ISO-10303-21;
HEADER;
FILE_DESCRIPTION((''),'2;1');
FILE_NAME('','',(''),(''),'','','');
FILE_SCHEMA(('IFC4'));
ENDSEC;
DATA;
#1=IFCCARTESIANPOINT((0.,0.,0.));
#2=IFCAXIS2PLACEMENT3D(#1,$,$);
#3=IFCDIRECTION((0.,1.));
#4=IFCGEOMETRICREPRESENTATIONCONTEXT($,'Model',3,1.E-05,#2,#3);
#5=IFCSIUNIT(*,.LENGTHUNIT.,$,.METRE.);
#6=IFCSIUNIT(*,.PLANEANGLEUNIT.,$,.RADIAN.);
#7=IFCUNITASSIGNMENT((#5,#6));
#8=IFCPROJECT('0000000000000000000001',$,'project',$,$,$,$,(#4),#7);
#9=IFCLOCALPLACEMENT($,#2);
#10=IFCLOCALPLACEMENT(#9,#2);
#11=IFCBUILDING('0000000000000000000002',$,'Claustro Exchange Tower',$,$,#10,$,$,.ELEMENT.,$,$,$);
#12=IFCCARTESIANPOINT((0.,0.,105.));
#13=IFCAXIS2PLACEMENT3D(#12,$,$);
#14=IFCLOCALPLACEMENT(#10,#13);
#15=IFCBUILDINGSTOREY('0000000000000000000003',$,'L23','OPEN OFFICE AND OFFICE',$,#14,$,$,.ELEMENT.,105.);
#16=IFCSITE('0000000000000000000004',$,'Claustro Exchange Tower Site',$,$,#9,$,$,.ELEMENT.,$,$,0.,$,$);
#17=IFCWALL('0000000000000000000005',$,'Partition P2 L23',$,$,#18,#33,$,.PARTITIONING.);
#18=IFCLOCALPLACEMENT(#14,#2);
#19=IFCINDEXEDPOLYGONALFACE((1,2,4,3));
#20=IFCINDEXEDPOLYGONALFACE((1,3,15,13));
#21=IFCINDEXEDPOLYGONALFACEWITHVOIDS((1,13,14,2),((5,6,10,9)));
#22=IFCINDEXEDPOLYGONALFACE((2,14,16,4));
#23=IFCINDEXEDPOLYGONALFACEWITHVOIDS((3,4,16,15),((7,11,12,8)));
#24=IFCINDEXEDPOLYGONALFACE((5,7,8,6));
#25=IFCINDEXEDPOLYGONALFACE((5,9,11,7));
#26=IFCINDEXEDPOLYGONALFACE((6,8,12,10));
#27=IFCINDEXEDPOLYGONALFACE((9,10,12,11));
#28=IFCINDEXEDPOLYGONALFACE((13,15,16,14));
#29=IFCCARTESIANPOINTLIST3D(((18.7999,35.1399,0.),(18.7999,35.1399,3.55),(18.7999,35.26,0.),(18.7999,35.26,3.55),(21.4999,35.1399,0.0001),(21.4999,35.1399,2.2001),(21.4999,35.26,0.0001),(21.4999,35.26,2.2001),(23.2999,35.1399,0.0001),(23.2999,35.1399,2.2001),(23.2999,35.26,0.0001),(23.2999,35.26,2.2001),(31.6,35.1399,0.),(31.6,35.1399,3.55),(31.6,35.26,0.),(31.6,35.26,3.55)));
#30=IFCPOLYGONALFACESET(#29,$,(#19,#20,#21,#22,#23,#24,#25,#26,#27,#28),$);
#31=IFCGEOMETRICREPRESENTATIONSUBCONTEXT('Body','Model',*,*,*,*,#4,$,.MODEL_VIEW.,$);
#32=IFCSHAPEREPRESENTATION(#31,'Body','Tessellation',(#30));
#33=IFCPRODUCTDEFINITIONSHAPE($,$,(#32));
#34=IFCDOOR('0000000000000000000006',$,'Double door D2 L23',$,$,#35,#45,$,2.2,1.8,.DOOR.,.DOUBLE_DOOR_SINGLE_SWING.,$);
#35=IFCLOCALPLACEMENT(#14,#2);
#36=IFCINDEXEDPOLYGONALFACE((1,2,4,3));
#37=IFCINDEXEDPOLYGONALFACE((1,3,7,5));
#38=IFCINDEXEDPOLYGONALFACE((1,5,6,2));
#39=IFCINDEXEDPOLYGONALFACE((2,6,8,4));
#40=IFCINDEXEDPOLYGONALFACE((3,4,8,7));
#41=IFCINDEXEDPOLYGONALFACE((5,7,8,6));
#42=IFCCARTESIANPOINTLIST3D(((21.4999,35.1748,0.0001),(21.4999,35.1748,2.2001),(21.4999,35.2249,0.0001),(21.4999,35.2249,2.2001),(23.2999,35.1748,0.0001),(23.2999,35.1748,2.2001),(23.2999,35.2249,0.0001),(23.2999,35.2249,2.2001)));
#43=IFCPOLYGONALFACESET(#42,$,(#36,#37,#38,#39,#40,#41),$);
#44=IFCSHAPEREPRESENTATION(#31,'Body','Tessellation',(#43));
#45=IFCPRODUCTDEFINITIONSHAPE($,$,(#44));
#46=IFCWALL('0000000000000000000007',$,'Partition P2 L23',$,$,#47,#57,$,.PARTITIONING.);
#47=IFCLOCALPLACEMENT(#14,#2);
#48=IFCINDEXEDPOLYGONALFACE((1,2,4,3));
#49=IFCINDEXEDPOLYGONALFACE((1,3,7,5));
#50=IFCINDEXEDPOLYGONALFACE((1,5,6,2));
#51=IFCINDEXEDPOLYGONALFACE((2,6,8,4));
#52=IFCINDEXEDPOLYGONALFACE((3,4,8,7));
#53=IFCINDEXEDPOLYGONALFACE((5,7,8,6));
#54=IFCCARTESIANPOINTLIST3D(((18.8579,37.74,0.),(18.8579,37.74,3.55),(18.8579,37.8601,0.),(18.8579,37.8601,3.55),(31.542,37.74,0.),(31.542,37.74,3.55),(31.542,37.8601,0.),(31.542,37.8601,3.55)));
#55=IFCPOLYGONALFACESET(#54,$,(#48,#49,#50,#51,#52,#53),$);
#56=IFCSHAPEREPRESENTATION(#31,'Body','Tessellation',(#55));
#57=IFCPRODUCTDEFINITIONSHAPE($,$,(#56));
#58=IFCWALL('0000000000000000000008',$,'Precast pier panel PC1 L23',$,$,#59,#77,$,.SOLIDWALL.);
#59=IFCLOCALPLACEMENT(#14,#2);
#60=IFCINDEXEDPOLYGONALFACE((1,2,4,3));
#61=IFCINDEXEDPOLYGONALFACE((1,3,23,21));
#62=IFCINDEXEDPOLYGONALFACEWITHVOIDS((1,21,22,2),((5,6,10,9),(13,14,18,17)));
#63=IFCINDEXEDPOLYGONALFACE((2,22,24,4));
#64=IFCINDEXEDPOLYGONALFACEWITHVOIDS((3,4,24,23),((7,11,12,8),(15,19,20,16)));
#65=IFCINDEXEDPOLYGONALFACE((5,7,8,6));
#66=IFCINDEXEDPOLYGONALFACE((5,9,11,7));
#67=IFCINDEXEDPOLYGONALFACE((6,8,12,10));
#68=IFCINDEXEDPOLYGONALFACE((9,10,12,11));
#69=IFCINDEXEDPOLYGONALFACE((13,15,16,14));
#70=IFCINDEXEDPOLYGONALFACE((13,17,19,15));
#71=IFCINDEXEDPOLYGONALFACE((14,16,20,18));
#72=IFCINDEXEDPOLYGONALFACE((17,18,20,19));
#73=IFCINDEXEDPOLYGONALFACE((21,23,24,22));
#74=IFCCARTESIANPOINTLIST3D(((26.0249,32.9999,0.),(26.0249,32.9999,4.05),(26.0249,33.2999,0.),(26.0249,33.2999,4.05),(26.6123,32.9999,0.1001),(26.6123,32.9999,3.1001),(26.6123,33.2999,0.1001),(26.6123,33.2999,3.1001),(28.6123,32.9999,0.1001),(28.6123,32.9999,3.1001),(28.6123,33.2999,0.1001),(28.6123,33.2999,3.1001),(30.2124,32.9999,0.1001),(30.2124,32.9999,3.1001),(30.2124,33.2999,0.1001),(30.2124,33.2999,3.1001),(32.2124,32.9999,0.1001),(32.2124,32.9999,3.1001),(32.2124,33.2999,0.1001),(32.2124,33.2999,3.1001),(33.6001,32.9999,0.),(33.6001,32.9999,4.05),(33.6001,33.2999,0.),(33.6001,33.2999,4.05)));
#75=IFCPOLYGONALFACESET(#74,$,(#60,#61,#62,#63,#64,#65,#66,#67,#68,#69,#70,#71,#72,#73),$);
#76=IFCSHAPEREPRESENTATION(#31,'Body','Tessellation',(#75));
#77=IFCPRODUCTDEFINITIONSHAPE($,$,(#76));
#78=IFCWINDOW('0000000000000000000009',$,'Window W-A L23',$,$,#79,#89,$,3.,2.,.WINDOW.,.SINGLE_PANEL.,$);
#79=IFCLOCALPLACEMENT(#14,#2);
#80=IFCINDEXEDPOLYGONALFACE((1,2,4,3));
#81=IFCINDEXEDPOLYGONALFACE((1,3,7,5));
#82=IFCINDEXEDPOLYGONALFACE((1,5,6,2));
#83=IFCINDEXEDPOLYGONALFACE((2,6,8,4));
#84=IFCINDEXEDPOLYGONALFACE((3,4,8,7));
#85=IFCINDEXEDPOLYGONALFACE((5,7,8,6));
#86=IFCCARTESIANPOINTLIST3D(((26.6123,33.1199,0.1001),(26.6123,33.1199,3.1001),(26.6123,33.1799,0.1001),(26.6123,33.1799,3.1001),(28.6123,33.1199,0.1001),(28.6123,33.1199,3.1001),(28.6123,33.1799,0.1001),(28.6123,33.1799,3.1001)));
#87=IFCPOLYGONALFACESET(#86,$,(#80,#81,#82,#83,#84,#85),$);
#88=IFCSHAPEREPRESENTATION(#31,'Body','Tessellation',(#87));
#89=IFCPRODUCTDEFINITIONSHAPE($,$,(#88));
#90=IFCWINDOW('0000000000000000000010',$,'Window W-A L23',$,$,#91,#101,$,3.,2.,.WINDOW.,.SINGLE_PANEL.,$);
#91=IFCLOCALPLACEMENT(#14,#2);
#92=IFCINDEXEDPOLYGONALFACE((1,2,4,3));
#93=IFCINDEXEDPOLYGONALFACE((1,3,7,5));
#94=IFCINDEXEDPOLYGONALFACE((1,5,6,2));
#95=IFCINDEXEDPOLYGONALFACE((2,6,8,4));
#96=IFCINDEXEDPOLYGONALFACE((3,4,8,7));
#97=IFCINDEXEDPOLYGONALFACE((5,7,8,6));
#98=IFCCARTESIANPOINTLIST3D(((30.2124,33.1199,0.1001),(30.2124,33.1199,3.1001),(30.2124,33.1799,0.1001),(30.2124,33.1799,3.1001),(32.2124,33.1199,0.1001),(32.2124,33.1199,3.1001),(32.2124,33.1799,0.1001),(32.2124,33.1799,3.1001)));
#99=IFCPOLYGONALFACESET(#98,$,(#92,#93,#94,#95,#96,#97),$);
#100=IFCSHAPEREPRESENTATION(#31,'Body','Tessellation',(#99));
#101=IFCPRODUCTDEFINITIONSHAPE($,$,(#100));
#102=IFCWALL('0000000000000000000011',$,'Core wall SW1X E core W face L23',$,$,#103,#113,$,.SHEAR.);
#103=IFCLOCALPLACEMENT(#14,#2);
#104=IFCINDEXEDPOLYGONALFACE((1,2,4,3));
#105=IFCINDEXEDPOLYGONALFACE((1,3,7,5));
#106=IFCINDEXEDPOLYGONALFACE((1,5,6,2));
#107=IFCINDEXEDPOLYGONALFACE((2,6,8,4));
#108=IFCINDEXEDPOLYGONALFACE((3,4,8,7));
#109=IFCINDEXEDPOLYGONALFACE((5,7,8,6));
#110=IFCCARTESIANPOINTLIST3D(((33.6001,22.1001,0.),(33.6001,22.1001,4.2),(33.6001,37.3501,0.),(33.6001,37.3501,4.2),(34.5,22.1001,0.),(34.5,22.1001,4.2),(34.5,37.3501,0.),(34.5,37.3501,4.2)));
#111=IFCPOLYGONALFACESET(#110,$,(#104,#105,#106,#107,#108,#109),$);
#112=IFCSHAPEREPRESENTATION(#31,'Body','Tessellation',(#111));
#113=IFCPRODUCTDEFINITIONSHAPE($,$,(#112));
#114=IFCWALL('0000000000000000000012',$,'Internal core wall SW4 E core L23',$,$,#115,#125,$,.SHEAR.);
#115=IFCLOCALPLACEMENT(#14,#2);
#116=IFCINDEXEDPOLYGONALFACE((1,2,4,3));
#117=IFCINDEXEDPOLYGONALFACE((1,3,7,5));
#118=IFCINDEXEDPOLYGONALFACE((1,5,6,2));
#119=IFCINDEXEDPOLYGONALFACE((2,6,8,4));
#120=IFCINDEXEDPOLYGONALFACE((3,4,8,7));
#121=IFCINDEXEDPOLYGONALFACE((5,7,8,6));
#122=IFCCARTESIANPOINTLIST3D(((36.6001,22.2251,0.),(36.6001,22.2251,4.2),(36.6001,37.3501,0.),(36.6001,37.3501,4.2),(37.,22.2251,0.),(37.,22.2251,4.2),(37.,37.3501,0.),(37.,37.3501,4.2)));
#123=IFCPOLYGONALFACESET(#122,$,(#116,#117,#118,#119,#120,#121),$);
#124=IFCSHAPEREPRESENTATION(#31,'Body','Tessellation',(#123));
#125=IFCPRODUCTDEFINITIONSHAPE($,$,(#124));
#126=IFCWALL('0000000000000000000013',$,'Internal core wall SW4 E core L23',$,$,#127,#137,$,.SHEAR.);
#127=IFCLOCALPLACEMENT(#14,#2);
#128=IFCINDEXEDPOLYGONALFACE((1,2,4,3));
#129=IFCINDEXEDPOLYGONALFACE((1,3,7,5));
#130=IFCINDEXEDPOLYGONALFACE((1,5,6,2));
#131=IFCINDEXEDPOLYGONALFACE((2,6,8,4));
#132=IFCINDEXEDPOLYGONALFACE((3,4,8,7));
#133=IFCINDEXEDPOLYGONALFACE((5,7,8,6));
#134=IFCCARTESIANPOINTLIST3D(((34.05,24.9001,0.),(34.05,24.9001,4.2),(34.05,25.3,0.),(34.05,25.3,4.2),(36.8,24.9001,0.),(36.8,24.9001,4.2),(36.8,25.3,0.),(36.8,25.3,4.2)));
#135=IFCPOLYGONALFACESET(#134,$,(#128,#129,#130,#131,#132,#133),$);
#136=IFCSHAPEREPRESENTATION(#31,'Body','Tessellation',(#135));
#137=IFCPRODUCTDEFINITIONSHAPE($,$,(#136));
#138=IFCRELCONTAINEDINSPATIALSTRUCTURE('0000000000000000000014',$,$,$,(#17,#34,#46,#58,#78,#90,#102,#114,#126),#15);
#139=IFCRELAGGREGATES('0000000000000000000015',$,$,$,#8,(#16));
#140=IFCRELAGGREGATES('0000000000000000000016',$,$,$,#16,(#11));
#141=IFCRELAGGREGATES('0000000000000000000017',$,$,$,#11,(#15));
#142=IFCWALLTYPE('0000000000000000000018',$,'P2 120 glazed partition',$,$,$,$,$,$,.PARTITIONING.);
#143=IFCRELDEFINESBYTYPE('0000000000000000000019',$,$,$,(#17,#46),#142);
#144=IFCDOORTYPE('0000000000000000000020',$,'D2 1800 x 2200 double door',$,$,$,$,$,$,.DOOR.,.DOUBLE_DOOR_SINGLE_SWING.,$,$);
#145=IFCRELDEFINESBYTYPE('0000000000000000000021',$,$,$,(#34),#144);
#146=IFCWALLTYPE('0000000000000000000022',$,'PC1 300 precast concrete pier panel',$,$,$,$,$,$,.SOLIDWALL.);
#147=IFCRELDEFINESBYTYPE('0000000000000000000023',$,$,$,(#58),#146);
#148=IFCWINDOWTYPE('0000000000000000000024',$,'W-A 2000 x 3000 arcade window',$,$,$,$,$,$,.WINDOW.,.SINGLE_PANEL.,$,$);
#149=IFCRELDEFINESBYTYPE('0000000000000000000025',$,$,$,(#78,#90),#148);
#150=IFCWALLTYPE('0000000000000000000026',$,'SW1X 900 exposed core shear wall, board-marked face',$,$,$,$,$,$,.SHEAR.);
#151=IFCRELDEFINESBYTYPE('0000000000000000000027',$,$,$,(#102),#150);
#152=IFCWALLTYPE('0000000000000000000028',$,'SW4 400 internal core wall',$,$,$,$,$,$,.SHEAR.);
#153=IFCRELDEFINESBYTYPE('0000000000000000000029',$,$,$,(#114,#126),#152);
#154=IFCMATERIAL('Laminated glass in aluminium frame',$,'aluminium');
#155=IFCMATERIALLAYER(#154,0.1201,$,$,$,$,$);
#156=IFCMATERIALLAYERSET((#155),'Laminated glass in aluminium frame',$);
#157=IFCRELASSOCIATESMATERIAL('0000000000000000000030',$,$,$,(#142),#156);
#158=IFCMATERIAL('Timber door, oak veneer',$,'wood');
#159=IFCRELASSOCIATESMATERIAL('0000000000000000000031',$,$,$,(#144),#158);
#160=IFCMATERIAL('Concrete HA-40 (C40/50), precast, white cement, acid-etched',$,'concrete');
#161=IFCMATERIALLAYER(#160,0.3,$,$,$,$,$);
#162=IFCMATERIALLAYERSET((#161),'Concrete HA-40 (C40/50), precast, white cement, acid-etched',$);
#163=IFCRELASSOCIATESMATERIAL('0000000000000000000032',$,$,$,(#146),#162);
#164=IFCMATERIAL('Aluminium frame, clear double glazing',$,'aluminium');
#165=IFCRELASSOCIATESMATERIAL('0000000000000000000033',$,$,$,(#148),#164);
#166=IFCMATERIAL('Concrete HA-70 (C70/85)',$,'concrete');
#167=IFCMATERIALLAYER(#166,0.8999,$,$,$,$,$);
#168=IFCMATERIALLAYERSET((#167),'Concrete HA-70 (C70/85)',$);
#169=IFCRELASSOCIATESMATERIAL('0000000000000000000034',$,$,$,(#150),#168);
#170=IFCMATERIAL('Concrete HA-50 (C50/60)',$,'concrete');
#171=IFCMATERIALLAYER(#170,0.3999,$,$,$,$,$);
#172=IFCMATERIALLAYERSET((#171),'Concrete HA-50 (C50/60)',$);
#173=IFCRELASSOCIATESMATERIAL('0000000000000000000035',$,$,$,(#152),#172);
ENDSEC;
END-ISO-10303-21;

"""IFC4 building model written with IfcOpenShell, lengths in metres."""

from ifc_helpers import new_model, si_unit, direction, frame, frame_2d, origin, place, context, subcontext, project, spatial, rectangle, extrude, material, layer, layer_set, type_object, element, fill, save


model = new_model("IFC4")

# Units and contexts
model_context = context("Model", 3, precision=1e-05, world=origin(), true_north=direction((0.0, 1.0)))
body_context = subcontext(model_context, "Body", "Model", "MODEL_VIEW")
ifc_project = project(units=[si_unit("LENGTHUNIT", "METRE"), si_unit("PLANEANGLEUNIT", "RADIAN")], contexts=[model_context])

# Site, building, storey
site_placement = place(None, origin())
site = spatial("IfcSite", under=ifc_project, at=site_placement, Name="Claustro Exchange Tower Site", CompositionType="ELEMENT", RefElevation=0.0)
building_placement = place(site_placement, origin())
building = spatial("IfcBuilding", under=site, at=building_placement, Name="Claustro Exchange Tower", CompositionType="ELEMENT")
storey_placement = place(building_placement, frame((0.0, 0.0, 105.0)))
storey = spatial("IfcBuildingStorey", under=building, at=storey_placement, Name="L23", Description="OPEN OFFICE AND OFFICE", CompositionType="ELEMENT", Elevation=105.0)

# Shared definitions
ifc_material_1 = material(Name="Laminated glass in aluminium frame", Category="aluminium")
ifc_layer_1 = layer(ifc_material_1, 0.1201)
ifc_layer_set_1 = layer_set([ifc_layer_1], Name="Laminated glass in aluminium frame")
wall_type_1 = type_object("IfcWallType", Name="P2 120 glazed partition", PredefinedType="PARTITIONING", material=ifc_layer_set_1)
ifc_material_2 = material(Name="Timber door, oak veneer", Category="wood")
door_type_1 = type_object("IfcDoorType", Name="D2 1800 x 2200 double door", OperationType="DOUBLE_DOOR_SINGLE_SWING", PredefinedType="DOOR", material=ifc_material_2)

# Wall, opening, door
wall_1_placement = place(storey_placement, frame((18.8, 35.2, 0.0), z_axis=(0.0, 0.0, 1.0), x_axis=(1.0, 0.0, 0.0)))
wall_1 = element("IfcWall", 1, at=wall_1_placement, inside=storey, type_object=wall_type_1, Name="Partition P2 L23", PredefinedType="PARTITIONING", context=body_context, shape_type="SweptSolid", body=[
    extrude(rectangle(XDim=12.8, YDim=0.1201, at=frame_2d((6.3999, 0.0))), origin(), (0.0, 0.0, 1.0), 3.55),
])
opening_1_placement = place(wall_1_placement, frame((2.7, 0.0, 0.0)))
opening_1 = element("IfcOpeningElement", 2, at=opening_1_placement, cuts=wall_1, PredefinedType="OPENING", context=body_context, shape_type="SweptSolid", body=[
    extrude(rectangle(XDim=1.8, YDim=2.2, at=frame_2d((0.8999, 1.1001))), frame((0.0, 0.0701, 0.0), z_axis=(0.0, -1.0, 0.0), x_axis=(1.0, 0.0, 0.0)), (0.0, 0.0, 1.0), 0.1401),
])
door_1_placement = place(opening_1_placement, origin())
door_1 = element("IfcDoor", 3, at=door_1_placement, inside=storey, type_object=door_type_1, Name="Double door D2 L23", OperationType="DOUBLE_DOOR_SINGLE_SWING", OverallHeight=2.2, OverallWidth=1.8, PredefinedType="DOOR", context=body_context, shape_type="SweptSolid", body=[
    extrude(rectangle(XDim=1.8, YDim=2.2, at=frame_2d((0.8999, 1.1001))), frame((0.0, 0.0249, 0.0), z_axis=(0.0, -1.0, 0.0), x_axis=(1.0, 0.0, 0.0)), (0.0, 0.0, 1.0), 0.05),
])
fill(opening_1, door_1)

# Wall
wall_2_placement = place(storey_placement, frame((18.8579, 37.8, 0.0), z_axis=(0.0, 0.0, 1.0), x_axis=(1.0, 0.0, 0.0)))
element("IfcWall", 4, at=wall_2_placement, inside=storey, type_object=wall_type_1, Name="Partition P2 L23", PredefinedType="PARTITIONING", context=body_context, shape_type="SweptSolid", body=[
    extrude(rectangle(XDim=12.6841, YDim=0.1201, at=frame_2d((6.342, 0.0))), origin(), (0.0, 0.0, 1.0), 3.55),
])

# Wall, openings, windows
ifc_material_3 = material(Name="Concrete HA-40 (C40/50), precast, white cement, acid-etched", Category="concrete")
ifc_layer_2 = layer(ifc_material_3, 0.3)
ifc_layer_set_2 = layer_set([ifc_layer_2], Name="Concrete HA-40 (C40/50), precast, white cement, acid-etched")
wall_type_2 = type_object("IfcWallType", Name="PC1 300 precast concrete pier panel", PredefinedType="SOLIDWALL", material=ifc_layer_set_2)
wall_3_placement = place(storey_placement, frame((26.0249, 33.1499, 0.0), z_axis=(0.0, 0.0, 1.0), x_axis=(1.0, 0.0, 0.0)))
wall_3 = element("IfcWall", 5, at=wall_3_placement, inside=storey, type_object=wall_type_2, Name="Precast pier panel PC1 L23", PredefinedType="SOLIDWALL", context=body_context, shape_type="SweptSolid", body=[
    extrude(rectangle(XDim=7.5752, YDim=0.3, at=frame_2d((3.7876, 0.0))), origin(), (0.0, 0.0, 1.0), 4.05),
])
opening_2_placement = place(wall_3_placement, frame((0.5874, 0.0, 0.1001)))
opening_2 = element("IfcOpeningElement", 6, at=opening_2_placement, cuts=wall_3, PredefinedType="OPENING", context=body_context, shape_type="SweptSolid", body=[
    extrude(rectangle(XDim=2.0, YDim=3.0, at=frame_2d((1.0, 1.5))), frame((0.0, 0.1599, 0.0), z_axis=(0.0, -1.0, 0.0), x_axis=(1.0, 0.0, 0.0)), (0.0, 0.0, 1.0), 0.3201),
])
opening_3_placement = place(wall_3_placement, frame((4.1875, 0.0, 0.1001)))
opening_3 = element("IfcOpeningElement", 7, at=opening_3_placement, cuts=wall_3, PredefinedType="OPENING", context=body_context, shape_type="SweptSolid", body=[
    extrude(rectangle(XDim=2.0, YDim=3.0, at=frame_2d((1.0, 1.5))), frame((0.0, 0.1599, 0.0), z_axis=(0.0, -1.0, 0.0), x_axis=(1.0, 0.0, 0.0)), (0.0, 0.0, 1.0), 0.3201),
])
ifc_material_4 = material(Name="Aluminium frame, clear double glazing", Category="aluminium")
window_type = type_object("IfcWindowType", Name="W-A 2000 x 3000 arcade window", PartitioningType="SINGLE_PANEL", PredefinedType="WINDOW", material=ifc_material_4)
window_1_placement = place(opening_2_placement, origin())
window_1 = element("IfcWindow", 8, at=window_1_placement, inside=storey, type_object=window_type, Name="Window W-A L23", OverallHeight=3.0, OverallWidth=2.0, PartitioningType="SINGLE_PANEL", PredefinedType="WINDOW", context=body_context, shape_type="SweptSolid", body=[
    extrude(rectangle(XDim=2.0, YDim=3.0, at=frame_2d((1.0, 1.5))), frame((0.0, 0.03, 0.0), z_axis=(0.0, -1.0, 0.0), x_axis=(1.0, 0.0, 0.0)), (0.0, 0.0, 1.0), 0.0601),
])
fill(opening_2, window_1)
window_2_placement = place(opening_3_placement, origin())
window_2 = element("IfcWindow", 9, at=window_2_placement, inside=storey, type_object=window_type, Name="Window W-A L23", OverallHeight=3.0, OverallWidth=2.0, PartitioningType="SINGLE_PANEL", PredefinedType="WINDOW", context=body_context, shape_type="SweptSolid", body=[
    extrude(rectangle(XDim=2.0, YDim=3.0, at=frame_2d((1.0, 1.5))), frame((0.0, 0.03, 0.0), z_axis=(0.0, -1.0, 0.0), x_axis=(1.0, 0.0, 0.0)), (0.0, 0.0, 1.0), 0.0601),
])
fill(opening_3, window_2)

# Walls
ifc_material_5 = material(Name="Concrete HA-70 (C70/85)", Category="concrete")
ifc_layer_3 = layer(ifc_material_5, 0.8999)
ifc_layer_set_3 = layer_set([ifc_layer_3], Name="Concrete HA-70 (C70/85)")
wall_type_3 = type_object("IfcWallType", Name="SW1X 900 exposed core shear wall, board-marked face", PredefinedType="SHEAR", material=ifc_layer_set_3)
wall_4_placement = place(storey_placement, frame((34.05, 22.1001, 0.0), z_axis=(0.0, 0.0, 1.0), x_axis=(0.0, 1.0, 0.0)))
element("IfcWall", 10, at=wall_4_placement, inside=storey, type_object=wall_type_3, Name="Core wall SW1X E core W face L23", PredefinedType="SHEAR", context=body_context, shape_type="SweptSolid", body=[
    extrude(rectangle(XDim=15.25, YDim=0.8999, at=frame_2d((7.625, 0.0))), origin(), (0.0, 0.0, 1.0), 4.2),
])
ifc_material_6 = material(Name="Concrete HA-50 (C50/60)", Category="concrete")
ifc_layer_4 = layer(ifc_material_6, 0.3999)
ifc_layer_set_4 = layer_set([ifc_layer_4], Name="Concrete HA-50 (C50/60)")
wall_type_4 = type_object("IfcWallType", Name="SW4 400 internal core wall", PredefinedType="SHEAR", material=ifc_layer_set_4)
wall_5_placement = place(storey_placement, frame((36.8, 22.2251, 0.0), z_axis=(0.0, 0.0, 1.0), x_axis=(0.0, 1.0, 0.0)))
element("IfcWall", 11, at=wall_5_placement, inside=storey, type_object=wall_type_4, Name="Internal core wall SW4 E core L23", PredefinedType="SHEAR", context=body_context, shape_type="SweptSolid", body=[
    extrude(rectangle(XDim=15.125, YDim=0.3999, at=frame_2d((7.5625, 0.0))), origin(), (0.0, 0.0, 1.0), 4.2),
])
wall_6_placement = place(storey_placement, frame((36.8, 25.1001, 0.0), z_axis=(0.0, 0.0, 1.0), x_axis=(-1.0, 0.0, 0.0)))
element("IfcWall", 12, at=wall_6_placement, inside=storey, type_object=wall_type_4, Name="Internal core wall SW4 E core L23", PredefinedType="SHEAR", context=body_context, shape_type="SweptSolid", body=[
    extrude(rectangle(XDim=2.75, YDim=0.3999, at=frame_2d((1.375, 0.0))), origin(), (0.0, 0.0, 1.0), 4.2),
])

save(model, "model.ifc")
